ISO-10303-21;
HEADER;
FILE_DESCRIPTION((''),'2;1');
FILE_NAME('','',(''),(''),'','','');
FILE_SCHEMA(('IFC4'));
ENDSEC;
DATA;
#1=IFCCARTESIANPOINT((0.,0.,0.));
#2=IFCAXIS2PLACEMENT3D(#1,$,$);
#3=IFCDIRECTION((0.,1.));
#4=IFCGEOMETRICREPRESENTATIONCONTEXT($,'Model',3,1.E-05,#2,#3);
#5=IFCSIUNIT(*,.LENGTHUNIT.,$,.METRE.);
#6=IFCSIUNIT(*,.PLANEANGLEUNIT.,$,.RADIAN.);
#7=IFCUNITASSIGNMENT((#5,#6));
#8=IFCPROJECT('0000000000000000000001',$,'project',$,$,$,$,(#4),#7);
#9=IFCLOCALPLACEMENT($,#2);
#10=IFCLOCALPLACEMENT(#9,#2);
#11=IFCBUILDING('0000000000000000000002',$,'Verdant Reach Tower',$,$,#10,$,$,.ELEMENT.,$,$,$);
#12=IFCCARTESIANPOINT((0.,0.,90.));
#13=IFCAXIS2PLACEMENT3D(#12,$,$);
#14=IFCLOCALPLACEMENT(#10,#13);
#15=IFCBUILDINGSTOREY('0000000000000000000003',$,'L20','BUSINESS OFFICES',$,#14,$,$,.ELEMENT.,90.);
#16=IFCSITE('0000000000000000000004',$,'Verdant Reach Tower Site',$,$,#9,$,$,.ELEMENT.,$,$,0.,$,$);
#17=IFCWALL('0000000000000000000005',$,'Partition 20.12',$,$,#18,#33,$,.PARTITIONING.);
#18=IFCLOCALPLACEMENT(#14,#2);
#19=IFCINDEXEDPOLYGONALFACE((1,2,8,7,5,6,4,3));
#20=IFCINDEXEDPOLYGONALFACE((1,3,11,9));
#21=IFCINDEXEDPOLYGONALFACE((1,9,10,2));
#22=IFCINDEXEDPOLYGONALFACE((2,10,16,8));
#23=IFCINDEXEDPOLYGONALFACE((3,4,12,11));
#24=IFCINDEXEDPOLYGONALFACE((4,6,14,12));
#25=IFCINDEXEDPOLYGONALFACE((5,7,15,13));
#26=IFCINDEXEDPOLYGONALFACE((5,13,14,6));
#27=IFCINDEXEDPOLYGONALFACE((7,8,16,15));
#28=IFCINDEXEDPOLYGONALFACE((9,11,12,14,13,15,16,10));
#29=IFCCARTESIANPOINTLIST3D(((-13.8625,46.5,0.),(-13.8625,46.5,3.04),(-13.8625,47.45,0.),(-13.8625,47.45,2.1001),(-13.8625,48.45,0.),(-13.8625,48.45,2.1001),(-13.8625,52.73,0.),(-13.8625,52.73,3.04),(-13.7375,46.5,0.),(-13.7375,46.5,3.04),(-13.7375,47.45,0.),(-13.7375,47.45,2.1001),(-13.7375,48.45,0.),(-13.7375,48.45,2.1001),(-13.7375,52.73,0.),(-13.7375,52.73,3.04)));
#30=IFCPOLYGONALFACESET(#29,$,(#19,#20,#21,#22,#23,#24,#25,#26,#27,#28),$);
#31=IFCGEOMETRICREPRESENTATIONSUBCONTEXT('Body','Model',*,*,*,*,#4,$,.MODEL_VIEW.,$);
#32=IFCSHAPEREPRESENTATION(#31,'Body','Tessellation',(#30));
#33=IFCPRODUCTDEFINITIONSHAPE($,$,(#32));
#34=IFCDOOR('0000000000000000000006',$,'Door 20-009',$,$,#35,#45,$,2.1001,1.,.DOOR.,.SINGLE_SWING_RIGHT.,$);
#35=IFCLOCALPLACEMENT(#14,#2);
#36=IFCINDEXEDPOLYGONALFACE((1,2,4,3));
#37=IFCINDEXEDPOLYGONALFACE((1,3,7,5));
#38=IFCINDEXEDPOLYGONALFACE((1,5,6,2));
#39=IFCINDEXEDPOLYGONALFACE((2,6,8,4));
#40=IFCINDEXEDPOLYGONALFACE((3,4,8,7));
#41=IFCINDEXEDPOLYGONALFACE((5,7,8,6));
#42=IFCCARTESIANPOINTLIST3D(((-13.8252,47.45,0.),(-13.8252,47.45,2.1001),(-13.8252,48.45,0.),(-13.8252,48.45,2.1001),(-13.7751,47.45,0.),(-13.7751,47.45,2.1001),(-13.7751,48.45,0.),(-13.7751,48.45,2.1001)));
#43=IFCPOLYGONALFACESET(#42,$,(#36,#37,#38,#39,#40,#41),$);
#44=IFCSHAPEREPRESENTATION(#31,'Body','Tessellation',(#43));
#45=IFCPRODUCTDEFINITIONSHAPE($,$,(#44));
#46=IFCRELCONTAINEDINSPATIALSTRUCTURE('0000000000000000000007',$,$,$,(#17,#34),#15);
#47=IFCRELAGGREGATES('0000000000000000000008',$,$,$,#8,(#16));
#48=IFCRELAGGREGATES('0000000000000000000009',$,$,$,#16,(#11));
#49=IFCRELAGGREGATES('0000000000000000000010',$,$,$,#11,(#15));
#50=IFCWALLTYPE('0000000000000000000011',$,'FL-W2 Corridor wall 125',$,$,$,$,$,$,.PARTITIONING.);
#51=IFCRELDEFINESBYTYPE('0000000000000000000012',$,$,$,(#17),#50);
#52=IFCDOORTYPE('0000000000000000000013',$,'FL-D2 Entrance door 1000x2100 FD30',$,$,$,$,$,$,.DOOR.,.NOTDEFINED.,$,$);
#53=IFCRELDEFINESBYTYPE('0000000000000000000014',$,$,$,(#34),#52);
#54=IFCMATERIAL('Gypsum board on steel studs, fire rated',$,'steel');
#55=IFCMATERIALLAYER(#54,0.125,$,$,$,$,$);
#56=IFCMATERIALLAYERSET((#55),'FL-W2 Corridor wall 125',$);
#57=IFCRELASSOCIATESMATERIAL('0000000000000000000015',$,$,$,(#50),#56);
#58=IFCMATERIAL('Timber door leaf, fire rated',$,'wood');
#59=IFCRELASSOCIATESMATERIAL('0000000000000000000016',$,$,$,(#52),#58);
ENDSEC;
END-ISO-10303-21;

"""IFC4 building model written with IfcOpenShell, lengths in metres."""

from ifc_helpers import new_model, si_unit, direction, frame, frame_2d, origin, place, context, subcontext, project, spatial, rectangle, extrude, material, layer, layer_set, type_object, element, fill, save


model = new_model("IFC4")

# Units and contexts
model_context = context("Model", 3, precision=1e-05, world=origin(), true_north=direction((0.0, 1.0)))
body_context = subcontext(model_context, "Body", "Model", "MODEL_VIEW")
ifc_project = project(units=[si_unit("LENGTHUNIT", "METRE"), si_unit("PLANEANGLEUNIT", "RADIAN")], contexts=[model_context])

# Site, building, storey
site_placement = place(None, origin())
site = spatial("IfcSite", under=ifc_project, at=site_placement, Name="Verdant Reach Tower Site", CompositionType="ELEMENT", RefElevation=0.0)
building_placement = place(site_placement, origin())
building = spatial("IfcBuilding", under=site, at=building_placement, Name="Verdant Reach Tower", CompositionType="ELEMENT")
storey_placement = place(building_placement, frame((0.0, 0.0, 90.0)))
storey = spatial("IfcBuildingStorey", under=building, at=storey_placement, Name="L20", Description="BUSINESS OFFICES", CompositionType="ELEMENT", Elevation=90.0)

# Shared definitions
ifc_material_1 = material(Name="Gypsum board on steel studs, fire rated", Category="steel")
ifc_layer_1 = layer(ifc_material_1, 0.125)
ifc_layer_set_1 = layer_set([ifc_layer_1], Name="FL-W2 Corridor wall 125")
wall_type_1 = type_object("IfcWallType", Name="FL-W2 Corridor wall 125", PredefinedType="PARTITIONING", material=ifc_layer_set_1)
ifc_material_2 = material(Name="Timber door leaf, fire rated", Category="wood")
door_type_1 = type_object("IfcDoorType", Name="FL-D2 Entrance door 1000x2100 FD30", OperationType="NOTDEFINED", PredefinedType="DOOR", material=ifc_material_2)

# Wall, opening, door
wall_1_placement = place(storey_placement, frame((-13.8, 52.73, 0.0), z_axis=(0.0, 0.0, 1.0), x_axis=(0.0, -1.0, 0.0)))
wall_1 = element("IfcWall", 1, at=wall_1_placement, inside=storey, type_object=wall_type_1, Name="Partition 20.12", PredefinedType="PARTITIONING", context=body_context, shape_type="SweptSolid", body=[
    extrude(rectangle(XDim=6.23, YDim=0.125, at=frame_2d((3.115, 0.0))), origin(), (0.0, 0.0, 1.0), 3.04),
])
opening_1_placement = place(wall_1_placement, frame((4.28, 0.0, 0.0)))
opening_1 = element("IfcOpeningElement", 2, at=opening_1_placement, cuts=wall_1, PredefinedType="OPENING", context=body_context, shape_type="SweptSolid", body=[
    extrude(rectangle(XDim=1.0, YDim=2.1001, at=frame_2d((0.5, 1.05))), frame((0.0, 0.0725, 0.0), z_axis=(0.0, -1.0, 0.0), x_axis=(1.0, 0.0, 0.0)), (0.0, 0.0, 1.0), 0.145),
])
door_1_placement = place(opening_1_placement, origin())
door_1 = element("IfcDoor", 3, at=door_1_placement, inside=storey, type_object=door_type_1, Name="Door 20-009", OperationType="SINGLE_SWING_RIGHT", OverallHeight=2.1001, OverallWidth=1.0, PredefinedType="DOOR", context=body_context, shape_type="SweptSolid", body=[
    extrude(rectangle(XDim=1.0, YDim=2.1001, at=frame_2d((0.5, 1.05))), frame((0.0, 0.0249, 0.0), z_axis=(0.0, -1.0, 0.0), x_axis=(1.0, 0.0, 0.0)), (0.0, 0.0, 1.0), 0.05),
])
fill(opening_1, door_1)

save(model, "model.ifc")
